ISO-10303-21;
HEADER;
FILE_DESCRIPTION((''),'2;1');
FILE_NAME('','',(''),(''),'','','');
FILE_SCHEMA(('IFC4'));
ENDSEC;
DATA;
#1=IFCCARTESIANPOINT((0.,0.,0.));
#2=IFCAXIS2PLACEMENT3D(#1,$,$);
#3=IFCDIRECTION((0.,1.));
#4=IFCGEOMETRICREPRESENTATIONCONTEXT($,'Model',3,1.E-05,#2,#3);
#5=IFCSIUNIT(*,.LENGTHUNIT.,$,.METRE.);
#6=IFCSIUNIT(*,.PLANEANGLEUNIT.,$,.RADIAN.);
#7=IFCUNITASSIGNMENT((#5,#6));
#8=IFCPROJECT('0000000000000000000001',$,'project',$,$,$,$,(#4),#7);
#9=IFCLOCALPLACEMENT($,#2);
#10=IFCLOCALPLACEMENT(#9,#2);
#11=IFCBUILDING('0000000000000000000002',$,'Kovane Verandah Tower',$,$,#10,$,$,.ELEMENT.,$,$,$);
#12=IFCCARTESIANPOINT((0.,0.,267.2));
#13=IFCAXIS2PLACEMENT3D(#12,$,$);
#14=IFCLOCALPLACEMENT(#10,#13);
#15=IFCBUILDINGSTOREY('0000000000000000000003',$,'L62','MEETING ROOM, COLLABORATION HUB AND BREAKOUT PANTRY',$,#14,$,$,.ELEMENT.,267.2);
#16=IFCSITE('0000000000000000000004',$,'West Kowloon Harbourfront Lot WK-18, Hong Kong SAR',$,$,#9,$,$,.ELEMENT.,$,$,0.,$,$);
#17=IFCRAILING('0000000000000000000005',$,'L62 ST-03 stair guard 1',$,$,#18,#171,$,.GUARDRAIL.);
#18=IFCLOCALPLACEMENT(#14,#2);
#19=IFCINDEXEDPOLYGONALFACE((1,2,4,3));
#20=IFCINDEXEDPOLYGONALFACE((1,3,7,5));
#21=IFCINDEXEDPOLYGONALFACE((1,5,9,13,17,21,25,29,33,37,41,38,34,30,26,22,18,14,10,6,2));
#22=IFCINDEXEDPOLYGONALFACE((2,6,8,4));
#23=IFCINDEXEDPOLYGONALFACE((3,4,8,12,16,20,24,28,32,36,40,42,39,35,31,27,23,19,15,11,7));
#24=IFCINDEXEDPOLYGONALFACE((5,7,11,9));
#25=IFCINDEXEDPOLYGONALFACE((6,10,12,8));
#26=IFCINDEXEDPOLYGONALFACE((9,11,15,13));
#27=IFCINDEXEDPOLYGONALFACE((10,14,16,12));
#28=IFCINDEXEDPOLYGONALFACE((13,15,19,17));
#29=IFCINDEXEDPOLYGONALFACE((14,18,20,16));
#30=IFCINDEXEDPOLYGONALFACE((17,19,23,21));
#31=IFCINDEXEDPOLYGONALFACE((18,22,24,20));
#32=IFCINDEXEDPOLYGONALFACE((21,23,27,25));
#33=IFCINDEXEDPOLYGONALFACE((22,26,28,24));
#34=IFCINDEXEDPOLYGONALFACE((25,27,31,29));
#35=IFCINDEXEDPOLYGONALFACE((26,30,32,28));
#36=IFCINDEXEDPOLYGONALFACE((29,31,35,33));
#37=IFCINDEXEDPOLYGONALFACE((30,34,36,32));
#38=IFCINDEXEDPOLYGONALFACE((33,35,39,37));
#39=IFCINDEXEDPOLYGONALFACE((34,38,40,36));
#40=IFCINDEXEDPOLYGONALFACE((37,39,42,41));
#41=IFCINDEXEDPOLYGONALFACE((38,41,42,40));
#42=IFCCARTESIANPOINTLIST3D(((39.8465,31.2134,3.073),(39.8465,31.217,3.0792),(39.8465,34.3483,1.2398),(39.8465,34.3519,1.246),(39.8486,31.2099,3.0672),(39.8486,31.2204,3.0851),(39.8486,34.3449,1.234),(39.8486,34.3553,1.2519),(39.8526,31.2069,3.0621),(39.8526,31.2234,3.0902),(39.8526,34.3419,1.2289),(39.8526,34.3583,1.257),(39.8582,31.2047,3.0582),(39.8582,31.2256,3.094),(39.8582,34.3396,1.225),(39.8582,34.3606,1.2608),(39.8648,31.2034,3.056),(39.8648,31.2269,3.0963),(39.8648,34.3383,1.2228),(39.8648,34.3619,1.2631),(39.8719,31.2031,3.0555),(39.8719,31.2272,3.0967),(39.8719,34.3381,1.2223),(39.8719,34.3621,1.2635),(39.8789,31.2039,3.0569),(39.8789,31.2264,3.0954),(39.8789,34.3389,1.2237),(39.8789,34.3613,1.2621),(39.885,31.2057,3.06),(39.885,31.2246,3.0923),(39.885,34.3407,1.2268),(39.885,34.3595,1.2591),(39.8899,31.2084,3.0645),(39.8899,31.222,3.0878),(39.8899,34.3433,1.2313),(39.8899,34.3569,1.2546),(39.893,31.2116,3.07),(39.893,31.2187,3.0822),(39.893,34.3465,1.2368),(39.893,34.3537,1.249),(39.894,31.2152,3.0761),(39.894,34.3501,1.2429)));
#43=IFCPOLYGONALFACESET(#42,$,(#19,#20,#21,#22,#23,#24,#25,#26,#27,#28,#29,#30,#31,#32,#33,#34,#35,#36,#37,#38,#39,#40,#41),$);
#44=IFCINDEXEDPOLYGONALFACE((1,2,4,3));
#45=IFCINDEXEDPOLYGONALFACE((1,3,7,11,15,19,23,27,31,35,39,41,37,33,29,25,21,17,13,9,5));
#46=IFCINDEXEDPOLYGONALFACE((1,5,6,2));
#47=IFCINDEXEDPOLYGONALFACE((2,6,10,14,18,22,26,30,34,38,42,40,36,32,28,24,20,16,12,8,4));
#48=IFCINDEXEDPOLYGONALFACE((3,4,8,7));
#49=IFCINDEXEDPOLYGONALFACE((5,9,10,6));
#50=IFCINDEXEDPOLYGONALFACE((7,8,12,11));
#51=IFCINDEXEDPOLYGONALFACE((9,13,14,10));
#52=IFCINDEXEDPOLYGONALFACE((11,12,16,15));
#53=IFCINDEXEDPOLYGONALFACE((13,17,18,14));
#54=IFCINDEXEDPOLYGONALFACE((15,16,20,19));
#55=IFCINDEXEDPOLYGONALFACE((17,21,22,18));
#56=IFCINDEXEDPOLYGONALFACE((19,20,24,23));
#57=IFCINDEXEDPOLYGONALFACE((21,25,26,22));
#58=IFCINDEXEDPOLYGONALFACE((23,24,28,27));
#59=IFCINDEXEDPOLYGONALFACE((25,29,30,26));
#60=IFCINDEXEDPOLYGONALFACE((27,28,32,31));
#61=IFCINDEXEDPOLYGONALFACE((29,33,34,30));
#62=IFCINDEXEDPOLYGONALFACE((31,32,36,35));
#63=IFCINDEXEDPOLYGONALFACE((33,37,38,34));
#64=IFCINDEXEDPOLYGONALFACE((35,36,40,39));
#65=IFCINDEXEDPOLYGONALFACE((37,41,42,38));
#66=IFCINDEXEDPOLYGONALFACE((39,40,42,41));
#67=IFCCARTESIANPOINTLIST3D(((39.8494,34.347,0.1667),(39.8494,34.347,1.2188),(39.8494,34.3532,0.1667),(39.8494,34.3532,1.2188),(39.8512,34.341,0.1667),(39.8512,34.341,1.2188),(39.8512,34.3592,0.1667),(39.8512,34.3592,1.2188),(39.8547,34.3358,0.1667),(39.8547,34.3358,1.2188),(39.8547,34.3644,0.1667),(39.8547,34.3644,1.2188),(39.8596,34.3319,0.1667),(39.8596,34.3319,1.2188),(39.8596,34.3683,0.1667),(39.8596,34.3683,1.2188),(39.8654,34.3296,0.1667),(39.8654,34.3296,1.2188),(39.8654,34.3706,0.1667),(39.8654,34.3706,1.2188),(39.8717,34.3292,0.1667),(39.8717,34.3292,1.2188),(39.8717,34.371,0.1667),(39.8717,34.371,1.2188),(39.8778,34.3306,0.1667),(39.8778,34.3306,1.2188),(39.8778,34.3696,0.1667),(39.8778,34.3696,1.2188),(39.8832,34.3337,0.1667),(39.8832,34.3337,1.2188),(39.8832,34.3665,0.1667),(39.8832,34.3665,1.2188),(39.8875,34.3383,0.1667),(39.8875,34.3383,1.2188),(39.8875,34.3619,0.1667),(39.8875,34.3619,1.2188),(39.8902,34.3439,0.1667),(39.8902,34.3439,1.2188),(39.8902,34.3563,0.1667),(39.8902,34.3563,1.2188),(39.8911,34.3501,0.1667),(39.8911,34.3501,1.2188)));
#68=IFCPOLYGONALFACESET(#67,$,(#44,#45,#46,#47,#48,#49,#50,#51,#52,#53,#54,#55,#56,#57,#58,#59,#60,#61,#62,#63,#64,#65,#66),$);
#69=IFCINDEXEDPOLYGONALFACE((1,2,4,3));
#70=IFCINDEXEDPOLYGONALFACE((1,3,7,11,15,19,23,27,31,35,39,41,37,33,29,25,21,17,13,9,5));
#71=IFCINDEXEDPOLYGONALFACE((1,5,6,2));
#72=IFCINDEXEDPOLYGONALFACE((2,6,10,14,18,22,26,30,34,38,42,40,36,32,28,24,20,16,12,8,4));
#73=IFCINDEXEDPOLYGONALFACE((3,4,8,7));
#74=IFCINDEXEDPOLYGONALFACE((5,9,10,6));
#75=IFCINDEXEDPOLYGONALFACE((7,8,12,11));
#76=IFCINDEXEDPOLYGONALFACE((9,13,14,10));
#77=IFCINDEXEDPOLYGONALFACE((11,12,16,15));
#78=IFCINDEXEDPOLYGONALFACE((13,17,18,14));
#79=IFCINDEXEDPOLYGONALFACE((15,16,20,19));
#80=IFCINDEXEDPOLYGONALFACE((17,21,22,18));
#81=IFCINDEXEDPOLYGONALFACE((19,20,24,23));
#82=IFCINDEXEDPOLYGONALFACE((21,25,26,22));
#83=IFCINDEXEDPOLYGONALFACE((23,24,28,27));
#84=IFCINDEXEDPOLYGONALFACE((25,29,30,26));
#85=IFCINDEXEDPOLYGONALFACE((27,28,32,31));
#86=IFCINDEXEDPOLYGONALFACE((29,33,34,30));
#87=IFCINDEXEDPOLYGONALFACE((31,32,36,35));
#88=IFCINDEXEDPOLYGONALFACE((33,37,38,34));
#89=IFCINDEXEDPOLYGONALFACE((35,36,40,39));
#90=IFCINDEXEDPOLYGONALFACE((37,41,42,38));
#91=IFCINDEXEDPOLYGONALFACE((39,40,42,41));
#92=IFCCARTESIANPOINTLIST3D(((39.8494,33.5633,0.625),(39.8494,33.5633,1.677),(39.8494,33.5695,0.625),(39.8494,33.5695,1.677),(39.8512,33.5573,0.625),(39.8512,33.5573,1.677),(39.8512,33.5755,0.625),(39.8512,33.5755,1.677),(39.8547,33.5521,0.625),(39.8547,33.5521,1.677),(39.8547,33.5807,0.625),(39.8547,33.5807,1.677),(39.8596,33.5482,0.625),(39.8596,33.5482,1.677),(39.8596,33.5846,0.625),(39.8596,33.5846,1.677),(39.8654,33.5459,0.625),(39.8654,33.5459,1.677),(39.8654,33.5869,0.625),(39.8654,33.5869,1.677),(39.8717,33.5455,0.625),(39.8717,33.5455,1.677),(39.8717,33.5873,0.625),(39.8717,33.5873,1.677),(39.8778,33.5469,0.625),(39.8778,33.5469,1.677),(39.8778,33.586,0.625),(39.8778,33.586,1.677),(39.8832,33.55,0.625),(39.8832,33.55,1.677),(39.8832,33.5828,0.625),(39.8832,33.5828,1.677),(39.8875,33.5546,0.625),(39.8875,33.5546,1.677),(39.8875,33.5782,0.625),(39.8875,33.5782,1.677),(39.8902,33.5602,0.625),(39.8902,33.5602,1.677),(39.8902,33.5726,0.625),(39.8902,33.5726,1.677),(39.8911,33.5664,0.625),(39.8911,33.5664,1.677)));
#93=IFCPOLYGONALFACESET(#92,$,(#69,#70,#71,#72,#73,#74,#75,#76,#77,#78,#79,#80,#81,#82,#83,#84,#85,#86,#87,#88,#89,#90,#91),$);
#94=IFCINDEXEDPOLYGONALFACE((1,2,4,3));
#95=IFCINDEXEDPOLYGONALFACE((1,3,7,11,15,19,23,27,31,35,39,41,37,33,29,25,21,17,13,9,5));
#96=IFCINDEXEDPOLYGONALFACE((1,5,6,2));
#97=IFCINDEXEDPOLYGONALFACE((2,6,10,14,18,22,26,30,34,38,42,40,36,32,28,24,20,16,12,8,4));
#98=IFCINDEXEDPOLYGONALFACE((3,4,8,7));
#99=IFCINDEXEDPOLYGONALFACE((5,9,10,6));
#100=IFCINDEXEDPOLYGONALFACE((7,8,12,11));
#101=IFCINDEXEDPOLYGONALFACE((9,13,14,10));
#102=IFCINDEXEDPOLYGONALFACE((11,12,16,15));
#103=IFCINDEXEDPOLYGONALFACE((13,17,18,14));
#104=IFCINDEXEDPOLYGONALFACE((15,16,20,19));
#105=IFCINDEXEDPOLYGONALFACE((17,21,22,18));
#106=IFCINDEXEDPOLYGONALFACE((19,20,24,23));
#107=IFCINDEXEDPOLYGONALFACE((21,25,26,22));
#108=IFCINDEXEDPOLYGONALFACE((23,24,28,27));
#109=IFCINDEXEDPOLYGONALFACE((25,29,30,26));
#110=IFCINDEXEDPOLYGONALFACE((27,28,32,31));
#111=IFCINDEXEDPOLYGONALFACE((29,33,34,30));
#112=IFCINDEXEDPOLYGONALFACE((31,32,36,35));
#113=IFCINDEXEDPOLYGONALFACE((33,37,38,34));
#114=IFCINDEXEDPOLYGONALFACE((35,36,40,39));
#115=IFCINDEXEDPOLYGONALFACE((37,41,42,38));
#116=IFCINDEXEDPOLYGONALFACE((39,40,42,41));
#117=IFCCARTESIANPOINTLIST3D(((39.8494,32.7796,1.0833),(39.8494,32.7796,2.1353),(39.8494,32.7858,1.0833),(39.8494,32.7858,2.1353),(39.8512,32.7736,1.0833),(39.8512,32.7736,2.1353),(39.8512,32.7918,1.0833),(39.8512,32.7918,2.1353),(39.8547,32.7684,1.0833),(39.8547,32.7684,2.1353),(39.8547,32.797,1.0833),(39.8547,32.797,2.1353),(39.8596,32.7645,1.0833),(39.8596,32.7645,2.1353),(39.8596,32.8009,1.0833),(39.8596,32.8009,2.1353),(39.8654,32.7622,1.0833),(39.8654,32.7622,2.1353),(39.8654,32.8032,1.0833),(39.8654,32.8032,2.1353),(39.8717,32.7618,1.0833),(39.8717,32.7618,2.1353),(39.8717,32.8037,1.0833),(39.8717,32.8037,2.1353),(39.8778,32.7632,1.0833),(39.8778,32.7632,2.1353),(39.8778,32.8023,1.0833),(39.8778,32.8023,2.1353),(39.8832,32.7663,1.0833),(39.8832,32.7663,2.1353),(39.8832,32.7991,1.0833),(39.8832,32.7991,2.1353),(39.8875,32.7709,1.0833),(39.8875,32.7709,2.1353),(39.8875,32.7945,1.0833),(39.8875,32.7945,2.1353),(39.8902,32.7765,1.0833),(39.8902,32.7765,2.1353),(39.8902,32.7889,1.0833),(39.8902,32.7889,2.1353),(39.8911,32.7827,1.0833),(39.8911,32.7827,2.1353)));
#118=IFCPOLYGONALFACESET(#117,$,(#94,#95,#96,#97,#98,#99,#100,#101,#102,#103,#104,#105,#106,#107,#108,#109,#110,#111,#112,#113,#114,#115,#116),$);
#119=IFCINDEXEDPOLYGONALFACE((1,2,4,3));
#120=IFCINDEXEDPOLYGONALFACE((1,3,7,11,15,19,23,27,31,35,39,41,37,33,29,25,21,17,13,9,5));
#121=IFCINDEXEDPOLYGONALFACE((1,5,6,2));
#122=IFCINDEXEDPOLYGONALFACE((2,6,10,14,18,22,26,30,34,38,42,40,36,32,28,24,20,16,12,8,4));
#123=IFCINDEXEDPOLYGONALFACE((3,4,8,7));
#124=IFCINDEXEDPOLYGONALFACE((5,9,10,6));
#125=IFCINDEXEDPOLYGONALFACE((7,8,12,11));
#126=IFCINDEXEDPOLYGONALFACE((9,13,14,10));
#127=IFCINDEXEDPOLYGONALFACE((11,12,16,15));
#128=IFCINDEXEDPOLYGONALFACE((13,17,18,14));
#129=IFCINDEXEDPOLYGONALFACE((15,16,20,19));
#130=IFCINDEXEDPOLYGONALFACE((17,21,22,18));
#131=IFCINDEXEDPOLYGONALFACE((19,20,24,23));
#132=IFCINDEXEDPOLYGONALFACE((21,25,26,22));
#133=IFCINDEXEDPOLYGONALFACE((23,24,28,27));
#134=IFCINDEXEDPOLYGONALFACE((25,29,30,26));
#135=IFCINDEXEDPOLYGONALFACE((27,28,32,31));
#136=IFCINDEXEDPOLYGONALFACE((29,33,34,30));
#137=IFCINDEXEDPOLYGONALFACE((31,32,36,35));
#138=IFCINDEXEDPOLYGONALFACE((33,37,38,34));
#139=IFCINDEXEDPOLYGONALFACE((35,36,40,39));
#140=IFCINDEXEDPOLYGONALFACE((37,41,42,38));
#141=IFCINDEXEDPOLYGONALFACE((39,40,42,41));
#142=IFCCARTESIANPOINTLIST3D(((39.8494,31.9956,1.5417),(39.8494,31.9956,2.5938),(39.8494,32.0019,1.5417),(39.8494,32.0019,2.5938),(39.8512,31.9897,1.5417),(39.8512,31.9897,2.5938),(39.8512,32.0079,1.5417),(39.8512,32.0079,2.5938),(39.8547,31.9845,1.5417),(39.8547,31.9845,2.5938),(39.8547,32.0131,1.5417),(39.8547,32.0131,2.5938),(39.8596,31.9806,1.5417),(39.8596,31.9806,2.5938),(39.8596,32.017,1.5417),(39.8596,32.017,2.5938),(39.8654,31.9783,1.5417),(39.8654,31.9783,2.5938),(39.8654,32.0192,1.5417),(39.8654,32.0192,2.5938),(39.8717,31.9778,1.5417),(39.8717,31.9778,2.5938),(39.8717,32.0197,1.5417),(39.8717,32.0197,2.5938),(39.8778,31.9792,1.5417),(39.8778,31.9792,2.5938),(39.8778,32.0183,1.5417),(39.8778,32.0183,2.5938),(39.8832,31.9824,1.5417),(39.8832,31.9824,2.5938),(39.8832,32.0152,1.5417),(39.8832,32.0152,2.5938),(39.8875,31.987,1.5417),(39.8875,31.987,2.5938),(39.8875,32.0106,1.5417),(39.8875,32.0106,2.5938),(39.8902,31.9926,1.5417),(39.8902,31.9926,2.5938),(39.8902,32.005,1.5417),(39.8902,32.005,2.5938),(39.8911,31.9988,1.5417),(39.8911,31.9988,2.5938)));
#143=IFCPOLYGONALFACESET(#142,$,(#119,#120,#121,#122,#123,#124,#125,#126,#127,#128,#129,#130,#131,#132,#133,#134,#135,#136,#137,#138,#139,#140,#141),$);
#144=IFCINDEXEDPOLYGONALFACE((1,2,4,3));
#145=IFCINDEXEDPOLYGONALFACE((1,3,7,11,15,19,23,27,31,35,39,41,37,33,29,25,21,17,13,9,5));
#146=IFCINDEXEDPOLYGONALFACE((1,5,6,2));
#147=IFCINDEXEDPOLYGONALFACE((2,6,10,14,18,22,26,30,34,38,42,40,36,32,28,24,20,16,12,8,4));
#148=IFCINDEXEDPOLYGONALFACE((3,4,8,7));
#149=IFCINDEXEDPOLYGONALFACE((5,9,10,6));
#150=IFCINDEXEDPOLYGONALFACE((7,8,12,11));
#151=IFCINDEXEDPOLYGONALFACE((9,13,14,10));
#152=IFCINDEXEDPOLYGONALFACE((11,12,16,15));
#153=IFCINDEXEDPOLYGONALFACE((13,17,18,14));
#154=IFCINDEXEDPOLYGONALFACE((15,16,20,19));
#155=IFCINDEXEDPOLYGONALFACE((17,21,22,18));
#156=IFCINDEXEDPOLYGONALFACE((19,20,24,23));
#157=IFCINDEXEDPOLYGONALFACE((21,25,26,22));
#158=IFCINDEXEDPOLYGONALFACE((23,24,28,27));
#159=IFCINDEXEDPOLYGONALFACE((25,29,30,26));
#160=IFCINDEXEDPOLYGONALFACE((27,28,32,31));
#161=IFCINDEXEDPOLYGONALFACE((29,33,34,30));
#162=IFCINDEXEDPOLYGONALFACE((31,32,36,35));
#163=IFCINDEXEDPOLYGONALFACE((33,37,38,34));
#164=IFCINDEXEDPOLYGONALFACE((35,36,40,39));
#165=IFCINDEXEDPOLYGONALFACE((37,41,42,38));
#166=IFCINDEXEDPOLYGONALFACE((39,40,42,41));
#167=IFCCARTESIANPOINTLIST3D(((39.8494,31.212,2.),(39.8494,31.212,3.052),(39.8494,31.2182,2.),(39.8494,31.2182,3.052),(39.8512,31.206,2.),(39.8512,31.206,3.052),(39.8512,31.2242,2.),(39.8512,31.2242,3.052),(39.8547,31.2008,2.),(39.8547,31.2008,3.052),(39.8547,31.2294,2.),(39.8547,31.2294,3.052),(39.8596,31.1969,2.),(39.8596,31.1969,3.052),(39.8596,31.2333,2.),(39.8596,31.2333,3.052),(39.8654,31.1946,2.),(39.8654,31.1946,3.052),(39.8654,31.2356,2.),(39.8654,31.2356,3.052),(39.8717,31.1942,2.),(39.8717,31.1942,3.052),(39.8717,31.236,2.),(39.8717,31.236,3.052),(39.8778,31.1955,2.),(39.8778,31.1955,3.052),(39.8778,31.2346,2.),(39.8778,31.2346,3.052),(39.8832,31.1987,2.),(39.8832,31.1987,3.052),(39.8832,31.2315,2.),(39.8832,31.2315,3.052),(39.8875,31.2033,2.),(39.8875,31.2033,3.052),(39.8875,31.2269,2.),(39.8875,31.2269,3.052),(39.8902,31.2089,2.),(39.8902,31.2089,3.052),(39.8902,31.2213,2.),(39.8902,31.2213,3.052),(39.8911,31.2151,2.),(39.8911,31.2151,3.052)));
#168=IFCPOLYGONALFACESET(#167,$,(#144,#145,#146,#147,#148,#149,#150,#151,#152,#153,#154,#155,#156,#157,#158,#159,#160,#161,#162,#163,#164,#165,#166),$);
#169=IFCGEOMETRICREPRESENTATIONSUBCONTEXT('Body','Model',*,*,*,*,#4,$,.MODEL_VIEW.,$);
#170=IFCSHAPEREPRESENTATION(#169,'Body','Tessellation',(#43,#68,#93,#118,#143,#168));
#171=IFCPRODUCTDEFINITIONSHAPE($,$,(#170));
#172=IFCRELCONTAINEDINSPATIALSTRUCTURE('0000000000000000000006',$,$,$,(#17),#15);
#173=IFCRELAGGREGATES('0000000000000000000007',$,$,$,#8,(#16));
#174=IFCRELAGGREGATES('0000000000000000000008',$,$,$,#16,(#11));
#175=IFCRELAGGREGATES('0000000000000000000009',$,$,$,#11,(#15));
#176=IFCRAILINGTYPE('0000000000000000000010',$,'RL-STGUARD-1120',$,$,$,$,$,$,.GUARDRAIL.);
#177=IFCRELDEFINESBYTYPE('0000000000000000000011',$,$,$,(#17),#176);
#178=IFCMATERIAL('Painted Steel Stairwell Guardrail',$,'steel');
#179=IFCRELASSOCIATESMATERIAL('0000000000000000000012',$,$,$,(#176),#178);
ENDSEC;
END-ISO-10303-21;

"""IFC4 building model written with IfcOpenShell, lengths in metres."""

from ifc_helpers import new_model, si_unit, direction, frame, origin, origin_2d, place, context, subcontext, project, spatial, circle, extrude, material, type_object, element, save


model = new_model("IFC4")

# Units and contexts
model_context = context("Model", 3, precision=1e-05, world=origin(), true_north=direction((0.0, 1.0)))
body_context = subcontext(model_context, "Body", "Model", "MODEL_VIEW")
ifc_project = project(units=[si_unit("LENGTHUNIT", "METRE"), si_unit("PLANEANGLEUNIT", "RADIAN")], contexts=[model_context])

# Site, building, storey
site_placement = place(None, origin())
site = spatial("IfcSite", under=ifc_project, at=site_placement, Name="West Kowloon Harbourfront Lot WK-18, Hong Kong SAR", CompositionType="ELEMENT", RefElevation=0.0)
building_placement = place(site_placement, origin())
building = spatial("IfcBuilding", under=site, at=building_placement, Name="Kovane Verandah Tower", CompositionType="ELEMENT")
storey_placement = place(building_placement, frame((0.0, 0.0, 267.2)))
storey = spatial("IfcBuildingStorey", under=building, at=storey_placement, Name="L62", Description="MEETING ROOM, COLLABORATION HUB AND BREAKOUT PANTRY", CompositionType="ELEMENT", Elevation=267.2)

# Railing
ifc_material_1 = material(Name="Painted Steel Stairwell Guardrail", Category="steel")
railing_type_1 = type_object("IfcRailingType", Name="RL-STGUARD-1120", PredefinedType="GUARDRAIL", material=ifc_material_1)
railing_1_placement = place(storey_placement, frame((39.8701, 34.3501, 0.1667)))
element("IfcRailing", 1, at=railing_1_placement, inside=storey, type_object=railing_type_1, Name="L62 ST-03 stair guard 1", PredefinedType="GUARDRAIL", context=body_context, shape_type="SweptSolid", body=[
    extrude(circle(Radius=0.0239, at=origin_2d()), frame((0.0, 0.0, 1.0762), z_axis=(0.0, -0.86324, 0.504794), x_axis=(1.0, 0.0, 0.0)), (0.0, 0.0, 1.0), 3.6316),
    extrude(circle(Radius=0.021, at=origin_2d()), origin(), (0.0, 0.0, 1.0), 1.052),
    extrude(circle(Radius=0.021, at=origin_2d()), frame((0.0, -0.7837, 0.4583)), (0.0, 0.0, 1.0), 1.052),
    extrude(circle(Radius=0.021, at=origin_2d()), frame((0.0, -1.5674, 0.9165)), (0.0, 0.0, 1.0), 1.052),
    extrude(circle(Radius=0.021, at=origin_2d()), frame((0.0, -2.3513, 1.375)), (0.0, 0.0, 1.0), 1.052),
    extrude(circle(Radius=0.021, at=origin_2d()), frame((0.0, -3.135, 1.8333)), (0.0, 0.0, 1.0), 1.052),
])

save(model, "model.ifc")
